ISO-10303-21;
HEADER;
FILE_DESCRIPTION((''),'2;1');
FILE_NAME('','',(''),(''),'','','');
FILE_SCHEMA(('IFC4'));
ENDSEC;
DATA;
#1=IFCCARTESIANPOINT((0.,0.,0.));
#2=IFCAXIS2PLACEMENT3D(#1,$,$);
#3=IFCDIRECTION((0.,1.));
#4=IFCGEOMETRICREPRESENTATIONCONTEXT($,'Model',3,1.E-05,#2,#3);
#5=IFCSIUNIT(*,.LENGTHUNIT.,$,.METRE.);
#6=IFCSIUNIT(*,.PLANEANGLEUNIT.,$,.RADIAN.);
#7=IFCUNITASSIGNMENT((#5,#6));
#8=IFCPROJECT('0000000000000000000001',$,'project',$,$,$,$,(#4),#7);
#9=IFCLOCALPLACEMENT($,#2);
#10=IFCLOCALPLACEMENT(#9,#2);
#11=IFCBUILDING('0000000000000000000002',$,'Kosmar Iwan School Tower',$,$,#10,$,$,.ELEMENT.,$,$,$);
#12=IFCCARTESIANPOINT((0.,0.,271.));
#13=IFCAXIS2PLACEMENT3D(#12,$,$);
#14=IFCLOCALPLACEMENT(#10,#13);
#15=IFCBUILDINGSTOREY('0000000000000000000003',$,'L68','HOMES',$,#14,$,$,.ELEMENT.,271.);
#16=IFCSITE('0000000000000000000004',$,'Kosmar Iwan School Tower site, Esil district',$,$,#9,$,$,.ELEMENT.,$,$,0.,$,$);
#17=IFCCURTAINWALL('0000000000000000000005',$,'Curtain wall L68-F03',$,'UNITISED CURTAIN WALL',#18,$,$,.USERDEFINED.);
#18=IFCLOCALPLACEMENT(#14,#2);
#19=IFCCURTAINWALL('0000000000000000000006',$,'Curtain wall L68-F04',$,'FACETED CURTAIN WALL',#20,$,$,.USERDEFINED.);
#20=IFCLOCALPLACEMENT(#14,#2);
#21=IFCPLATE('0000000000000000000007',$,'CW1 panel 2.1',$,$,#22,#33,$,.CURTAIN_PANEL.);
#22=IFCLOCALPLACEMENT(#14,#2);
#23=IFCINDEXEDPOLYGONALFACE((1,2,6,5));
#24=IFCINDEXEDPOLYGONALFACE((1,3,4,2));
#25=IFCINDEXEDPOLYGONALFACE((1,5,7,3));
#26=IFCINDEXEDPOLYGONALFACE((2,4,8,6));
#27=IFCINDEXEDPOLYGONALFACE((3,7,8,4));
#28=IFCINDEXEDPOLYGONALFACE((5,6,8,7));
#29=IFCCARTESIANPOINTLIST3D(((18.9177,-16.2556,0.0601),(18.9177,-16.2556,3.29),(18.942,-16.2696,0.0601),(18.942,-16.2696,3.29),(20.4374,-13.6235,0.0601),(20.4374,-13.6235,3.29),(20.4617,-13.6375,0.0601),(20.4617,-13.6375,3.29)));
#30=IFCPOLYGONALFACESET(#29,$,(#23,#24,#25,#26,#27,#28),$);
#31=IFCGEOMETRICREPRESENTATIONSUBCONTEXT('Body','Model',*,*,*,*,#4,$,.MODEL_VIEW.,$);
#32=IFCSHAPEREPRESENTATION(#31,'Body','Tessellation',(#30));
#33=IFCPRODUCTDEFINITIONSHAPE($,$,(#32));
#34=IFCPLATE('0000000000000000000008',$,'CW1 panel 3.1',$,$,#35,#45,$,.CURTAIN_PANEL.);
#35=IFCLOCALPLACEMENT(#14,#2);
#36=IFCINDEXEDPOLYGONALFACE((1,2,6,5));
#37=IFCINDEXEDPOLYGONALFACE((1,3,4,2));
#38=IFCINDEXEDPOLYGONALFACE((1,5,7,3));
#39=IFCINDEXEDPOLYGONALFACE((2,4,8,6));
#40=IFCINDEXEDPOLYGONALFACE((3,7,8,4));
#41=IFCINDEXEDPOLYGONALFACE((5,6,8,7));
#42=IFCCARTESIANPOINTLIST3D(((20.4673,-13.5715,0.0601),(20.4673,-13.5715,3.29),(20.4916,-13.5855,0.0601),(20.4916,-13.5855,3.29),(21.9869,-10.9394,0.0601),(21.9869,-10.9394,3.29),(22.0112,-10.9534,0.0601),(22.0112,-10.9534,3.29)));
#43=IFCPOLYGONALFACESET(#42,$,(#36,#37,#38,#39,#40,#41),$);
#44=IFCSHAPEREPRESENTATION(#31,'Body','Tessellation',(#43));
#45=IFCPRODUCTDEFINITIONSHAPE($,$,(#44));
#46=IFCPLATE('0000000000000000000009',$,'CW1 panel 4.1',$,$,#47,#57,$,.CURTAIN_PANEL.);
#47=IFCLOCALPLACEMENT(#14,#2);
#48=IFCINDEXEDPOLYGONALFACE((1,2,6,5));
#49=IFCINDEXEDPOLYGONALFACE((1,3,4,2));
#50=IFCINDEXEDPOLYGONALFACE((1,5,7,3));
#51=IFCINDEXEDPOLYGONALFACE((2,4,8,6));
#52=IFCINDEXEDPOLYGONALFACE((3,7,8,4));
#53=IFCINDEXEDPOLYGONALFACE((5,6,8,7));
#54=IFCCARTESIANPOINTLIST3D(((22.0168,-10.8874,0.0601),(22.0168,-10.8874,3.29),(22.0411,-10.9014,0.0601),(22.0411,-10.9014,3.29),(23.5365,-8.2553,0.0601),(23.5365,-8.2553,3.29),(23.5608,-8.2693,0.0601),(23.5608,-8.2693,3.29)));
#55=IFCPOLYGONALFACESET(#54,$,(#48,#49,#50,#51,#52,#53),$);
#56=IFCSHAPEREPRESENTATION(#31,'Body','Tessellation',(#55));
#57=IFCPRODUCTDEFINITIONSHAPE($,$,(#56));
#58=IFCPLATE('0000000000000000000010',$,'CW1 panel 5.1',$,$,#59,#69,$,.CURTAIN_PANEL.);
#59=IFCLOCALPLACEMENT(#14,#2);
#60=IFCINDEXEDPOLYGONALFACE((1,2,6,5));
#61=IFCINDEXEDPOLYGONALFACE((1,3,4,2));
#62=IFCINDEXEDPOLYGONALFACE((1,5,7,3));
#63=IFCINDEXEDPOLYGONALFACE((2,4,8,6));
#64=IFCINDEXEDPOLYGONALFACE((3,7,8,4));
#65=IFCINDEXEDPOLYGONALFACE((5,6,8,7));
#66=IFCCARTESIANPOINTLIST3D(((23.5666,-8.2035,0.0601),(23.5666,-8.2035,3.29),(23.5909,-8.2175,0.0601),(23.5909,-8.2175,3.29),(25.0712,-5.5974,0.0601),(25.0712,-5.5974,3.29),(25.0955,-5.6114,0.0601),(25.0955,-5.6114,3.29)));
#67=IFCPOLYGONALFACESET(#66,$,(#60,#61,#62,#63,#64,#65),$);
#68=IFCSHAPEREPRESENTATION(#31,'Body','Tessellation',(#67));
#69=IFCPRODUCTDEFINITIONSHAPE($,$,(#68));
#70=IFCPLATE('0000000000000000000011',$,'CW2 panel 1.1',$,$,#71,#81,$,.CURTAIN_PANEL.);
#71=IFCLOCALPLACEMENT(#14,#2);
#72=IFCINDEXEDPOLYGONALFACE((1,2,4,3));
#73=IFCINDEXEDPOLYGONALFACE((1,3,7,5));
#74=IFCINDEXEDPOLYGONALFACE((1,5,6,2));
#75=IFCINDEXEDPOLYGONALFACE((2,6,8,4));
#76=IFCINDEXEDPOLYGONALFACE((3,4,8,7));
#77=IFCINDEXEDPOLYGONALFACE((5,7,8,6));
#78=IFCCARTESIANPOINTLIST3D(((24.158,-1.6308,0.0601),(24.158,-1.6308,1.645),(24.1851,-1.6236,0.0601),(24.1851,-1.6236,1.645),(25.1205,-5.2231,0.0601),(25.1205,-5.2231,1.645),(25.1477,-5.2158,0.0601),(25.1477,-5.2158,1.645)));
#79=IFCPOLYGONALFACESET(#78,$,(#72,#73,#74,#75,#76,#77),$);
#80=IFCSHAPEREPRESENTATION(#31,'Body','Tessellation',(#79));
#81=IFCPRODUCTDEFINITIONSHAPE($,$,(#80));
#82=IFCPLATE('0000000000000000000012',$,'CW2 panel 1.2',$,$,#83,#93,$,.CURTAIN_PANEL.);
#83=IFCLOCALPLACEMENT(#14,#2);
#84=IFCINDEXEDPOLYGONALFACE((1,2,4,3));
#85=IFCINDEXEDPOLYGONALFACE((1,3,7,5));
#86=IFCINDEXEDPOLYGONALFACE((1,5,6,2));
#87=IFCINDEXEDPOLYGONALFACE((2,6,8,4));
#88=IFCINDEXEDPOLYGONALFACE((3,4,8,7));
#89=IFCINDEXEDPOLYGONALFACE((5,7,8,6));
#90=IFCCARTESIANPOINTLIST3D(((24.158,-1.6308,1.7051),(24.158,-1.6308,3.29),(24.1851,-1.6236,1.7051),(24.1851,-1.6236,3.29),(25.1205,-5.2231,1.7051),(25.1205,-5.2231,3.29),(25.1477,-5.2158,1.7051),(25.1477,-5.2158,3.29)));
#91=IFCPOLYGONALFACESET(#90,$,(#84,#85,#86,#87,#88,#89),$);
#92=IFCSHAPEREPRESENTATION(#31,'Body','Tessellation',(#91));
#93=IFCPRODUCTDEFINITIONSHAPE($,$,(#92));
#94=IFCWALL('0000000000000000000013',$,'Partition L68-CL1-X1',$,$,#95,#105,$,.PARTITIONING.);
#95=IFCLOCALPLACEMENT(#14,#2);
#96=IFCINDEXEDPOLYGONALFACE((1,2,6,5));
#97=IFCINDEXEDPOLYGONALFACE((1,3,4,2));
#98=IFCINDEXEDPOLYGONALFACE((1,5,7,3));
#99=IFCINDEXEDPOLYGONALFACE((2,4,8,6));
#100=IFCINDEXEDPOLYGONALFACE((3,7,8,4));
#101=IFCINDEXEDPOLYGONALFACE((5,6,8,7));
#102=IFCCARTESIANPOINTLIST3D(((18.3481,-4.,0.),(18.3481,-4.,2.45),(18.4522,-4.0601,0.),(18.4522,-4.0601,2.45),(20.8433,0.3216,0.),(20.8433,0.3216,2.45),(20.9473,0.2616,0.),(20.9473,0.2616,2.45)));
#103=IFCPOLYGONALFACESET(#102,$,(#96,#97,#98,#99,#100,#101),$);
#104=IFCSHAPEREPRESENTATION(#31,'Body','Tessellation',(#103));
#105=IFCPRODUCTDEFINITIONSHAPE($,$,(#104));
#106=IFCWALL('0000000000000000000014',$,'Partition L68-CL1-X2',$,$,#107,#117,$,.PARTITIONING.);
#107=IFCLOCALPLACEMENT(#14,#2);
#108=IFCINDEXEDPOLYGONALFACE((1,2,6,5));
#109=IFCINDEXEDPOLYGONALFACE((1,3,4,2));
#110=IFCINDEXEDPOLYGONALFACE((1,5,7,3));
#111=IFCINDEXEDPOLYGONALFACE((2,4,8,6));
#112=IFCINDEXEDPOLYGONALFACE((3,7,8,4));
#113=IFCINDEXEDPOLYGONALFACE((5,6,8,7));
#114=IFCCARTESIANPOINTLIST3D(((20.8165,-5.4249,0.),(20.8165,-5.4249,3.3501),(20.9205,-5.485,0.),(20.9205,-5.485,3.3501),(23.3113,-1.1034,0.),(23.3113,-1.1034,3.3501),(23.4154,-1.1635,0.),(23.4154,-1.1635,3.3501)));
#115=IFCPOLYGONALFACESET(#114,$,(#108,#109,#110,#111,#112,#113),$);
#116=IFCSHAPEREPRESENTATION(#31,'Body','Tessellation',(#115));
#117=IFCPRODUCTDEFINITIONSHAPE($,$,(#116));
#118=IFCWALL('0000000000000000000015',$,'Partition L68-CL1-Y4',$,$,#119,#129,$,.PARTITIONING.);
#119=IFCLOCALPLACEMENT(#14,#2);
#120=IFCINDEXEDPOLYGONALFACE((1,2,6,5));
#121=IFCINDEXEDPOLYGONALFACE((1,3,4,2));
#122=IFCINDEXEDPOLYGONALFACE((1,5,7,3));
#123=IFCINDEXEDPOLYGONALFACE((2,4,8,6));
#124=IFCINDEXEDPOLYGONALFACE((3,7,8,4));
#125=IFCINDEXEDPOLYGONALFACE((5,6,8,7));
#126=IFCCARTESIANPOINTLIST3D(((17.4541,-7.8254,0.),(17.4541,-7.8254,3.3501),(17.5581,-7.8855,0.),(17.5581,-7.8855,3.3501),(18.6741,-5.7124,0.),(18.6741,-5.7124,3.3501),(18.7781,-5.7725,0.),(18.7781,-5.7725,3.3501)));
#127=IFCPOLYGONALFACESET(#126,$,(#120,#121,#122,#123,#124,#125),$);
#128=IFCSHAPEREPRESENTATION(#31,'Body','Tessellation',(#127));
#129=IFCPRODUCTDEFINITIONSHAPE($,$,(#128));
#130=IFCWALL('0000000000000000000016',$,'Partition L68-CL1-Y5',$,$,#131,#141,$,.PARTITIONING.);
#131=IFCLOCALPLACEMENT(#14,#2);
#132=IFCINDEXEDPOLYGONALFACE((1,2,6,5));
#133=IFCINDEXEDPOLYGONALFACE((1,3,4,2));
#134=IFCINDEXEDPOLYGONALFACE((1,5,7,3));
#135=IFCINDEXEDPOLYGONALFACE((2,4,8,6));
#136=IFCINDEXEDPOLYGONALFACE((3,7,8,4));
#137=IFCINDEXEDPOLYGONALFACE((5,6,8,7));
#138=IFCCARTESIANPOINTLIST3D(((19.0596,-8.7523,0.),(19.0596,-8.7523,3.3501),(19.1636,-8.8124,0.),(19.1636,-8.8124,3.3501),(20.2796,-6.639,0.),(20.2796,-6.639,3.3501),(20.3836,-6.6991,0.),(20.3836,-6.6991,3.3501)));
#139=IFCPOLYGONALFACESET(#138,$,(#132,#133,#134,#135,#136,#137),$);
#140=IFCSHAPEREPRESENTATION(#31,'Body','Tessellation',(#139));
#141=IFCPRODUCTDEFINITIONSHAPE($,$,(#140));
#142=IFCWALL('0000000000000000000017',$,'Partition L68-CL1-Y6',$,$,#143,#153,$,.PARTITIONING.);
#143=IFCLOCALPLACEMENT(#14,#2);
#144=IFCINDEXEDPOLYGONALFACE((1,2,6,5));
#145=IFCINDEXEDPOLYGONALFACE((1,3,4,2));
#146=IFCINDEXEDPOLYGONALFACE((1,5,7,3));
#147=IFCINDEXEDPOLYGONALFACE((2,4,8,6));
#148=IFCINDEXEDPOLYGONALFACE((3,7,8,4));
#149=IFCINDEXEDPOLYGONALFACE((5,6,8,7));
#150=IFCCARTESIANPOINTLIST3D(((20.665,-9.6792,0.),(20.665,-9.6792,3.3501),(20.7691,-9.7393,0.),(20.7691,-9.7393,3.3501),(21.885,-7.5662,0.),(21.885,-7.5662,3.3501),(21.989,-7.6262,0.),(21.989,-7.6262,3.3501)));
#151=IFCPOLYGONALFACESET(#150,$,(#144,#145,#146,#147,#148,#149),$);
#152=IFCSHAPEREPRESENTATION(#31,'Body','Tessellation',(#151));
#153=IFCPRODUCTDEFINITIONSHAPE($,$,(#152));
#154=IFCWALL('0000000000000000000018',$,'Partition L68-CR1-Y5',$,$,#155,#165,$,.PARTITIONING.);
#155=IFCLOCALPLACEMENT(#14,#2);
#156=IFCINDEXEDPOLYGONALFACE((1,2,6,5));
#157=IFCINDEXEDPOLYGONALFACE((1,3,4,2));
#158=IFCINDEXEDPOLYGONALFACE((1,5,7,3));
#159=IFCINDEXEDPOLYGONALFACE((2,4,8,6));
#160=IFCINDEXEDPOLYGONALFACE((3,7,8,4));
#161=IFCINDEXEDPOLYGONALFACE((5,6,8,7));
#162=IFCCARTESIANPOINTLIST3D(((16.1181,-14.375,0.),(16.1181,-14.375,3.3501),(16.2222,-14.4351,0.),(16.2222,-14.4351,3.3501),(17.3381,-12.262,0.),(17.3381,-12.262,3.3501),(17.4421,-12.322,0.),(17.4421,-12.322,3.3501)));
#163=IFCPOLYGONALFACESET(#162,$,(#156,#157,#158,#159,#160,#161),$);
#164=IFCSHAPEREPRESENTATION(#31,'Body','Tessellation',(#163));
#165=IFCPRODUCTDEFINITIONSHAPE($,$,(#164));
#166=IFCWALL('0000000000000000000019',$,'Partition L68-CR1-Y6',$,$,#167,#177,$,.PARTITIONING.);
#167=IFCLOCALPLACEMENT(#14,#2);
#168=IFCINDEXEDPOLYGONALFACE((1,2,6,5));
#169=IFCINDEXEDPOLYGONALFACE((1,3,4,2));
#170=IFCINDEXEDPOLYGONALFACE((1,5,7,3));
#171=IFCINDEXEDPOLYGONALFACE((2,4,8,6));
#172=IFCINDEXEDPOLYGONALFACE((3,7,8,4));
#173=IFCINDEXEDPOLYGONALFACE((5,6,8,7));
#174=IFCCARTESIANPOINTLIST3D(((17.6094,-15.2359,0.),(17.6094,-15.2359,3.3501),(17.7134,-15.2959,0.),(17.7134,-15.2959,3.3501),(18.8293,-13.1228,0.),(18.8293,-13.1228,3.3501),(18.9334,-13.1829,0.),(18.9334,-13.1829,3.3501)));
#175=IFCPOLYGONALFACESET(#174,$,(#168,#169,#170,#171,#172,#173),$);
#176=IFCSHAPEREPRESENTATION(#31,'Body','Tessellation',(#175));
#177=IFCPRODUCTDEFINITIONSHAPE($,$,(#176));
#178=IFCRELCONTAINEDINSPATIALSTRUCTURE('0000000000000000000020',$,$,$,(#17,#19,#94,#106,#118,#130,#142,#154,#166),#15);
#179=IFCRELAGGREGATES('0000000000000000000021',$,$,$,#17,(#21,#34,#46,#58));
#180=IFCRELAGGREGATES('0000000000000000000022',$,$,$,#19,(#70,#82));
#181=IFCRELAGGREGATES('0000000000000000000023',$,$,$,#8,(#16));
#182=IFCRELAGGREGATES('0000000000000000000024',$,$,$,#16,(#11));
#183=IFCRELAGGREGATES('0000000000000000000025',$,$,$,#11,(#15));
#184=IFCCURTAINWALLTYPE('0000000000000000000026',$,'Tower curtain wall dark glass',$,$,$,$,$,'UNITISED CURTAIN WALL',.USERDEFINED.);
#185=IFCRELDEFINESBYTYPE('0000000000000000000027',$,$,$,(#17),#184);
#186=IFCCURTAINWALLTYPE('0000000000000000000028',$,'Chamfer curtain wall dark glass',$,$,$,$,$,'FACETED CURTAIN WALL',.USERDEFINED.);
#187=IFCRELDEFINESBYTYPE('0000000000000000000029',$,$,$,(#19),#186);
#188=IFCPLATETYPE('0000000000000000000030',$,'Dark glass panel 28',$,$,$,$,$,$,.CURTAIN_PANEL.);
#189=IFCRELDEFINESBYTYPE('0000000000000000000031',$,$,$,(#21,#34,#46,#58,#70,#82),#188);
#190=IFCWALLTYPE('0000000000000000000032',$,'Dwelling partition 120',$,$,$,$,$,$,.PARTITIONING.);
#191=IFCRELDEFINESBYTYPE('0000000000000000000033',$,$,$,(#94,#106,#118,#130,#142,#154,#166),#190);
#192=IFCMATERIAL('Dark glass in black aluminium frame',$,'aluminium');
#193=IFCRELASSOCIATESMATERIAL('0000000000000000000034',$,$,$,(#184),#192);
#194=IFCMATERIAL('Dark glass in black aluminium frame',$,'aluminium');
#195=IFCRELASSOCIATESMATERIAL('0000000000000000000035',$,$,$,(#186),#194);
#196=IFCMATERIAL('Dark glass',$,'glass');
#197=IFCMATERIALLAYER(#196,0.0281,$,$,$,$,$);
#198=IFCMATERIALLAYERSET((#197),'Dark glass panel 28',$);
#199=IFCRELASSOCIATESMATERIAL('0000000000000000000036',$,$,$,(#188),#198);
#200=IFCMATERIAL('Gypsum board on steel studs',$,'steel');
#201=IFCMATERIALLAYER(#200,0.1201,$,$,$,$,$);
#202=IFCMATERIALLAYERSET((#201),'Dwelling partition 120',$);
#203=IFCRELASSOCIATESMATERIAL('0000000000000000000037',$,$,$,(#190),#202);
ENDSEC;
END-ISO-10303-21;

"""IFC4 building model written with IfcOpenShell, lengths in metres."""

from ifc_helpers import new_model, si_unit, direction, frame, frame_2d, origin, origin_2d, place, context, subcontext, project, spatial, rectangle, extrude, material, layer, layer_set, type_object, element, aggregate, save


model = new_model("IFC4")

# Units and contexts
model_context = context("Model", 3, precision=1e-05, world=origin(), true_north=direction((0.0, 1.0)))
body_context = subcontext(model_context, "Body", "Model", "MODEL_VIEW")
ifc_project = project(units=[si_unit("LENGTHUNIT", "METRE"), si_unit("PLANEANGLEUNIT", "RADIAN")], contexts=[model_context])

# Site, building, storey
site_placement = place(None, origin())
site = spatial("IfcSite", under=ifc_project, at=site_placement, Name="Kosmar Iwan School Tower site, Esil district", CompositionType="ELEMENT", RefElevation=0.0)
building_placement = place(site_placement, origin())
building = spatial("IfcBuilding", under=site, at=building_placement, Name="Kosmar Iwan School Tower", CompositionType="ELEMENT")
storey_placement = place(building_placement, frame((0.0, 0.0, 271.0)))
storey = spatial("IfcBuildingStorey", under=building, at=storey_placement, Name="L68", Description="HOMES", CompositionType="ELEMENT", Elevation=271.0)

# Curtain walls
ifc_material_1 = material(Name="Dark glass in black aluminium frame", Category="aluminium")
curtain_wall_type_1 = type_object("IfcCurtainWallType", Name="Tower curtain wall dark glass", ElementType="UNITISED CURTAIN WALL", PredefinedType="USERDEFINED", material=ifc_material_1)
curtain_wall_1_placement = place(storey_placement, origin())
curtain_wall_1 = element("IfcCurtainWall", 1, at=curtain_wall_1_placement, inside=storey, type_object=curtain_wall_type_1, Name="Curtain wall L68-F03", ObjectType="UNITISED CURTAIN WALL", PredefinedType="USERDEFINED")
ifc_material_2 = material(Name="Dark glass in black aluminium frame", Category="aluminium")
curtain_wall_type_2 = type_object("IfcCurtainWallType", Name="Chamfer curtain wall dark glass", ElementType="FACETED CURTAIN WALL", PredefinedType="USERDEFINED", material=ifc_material_2)
curtain_wall_2_placement = place(storey_placement, origin())
curtain_wall_2 = element("IfcCurtainWall", 2, at=curtain_wall_2_placement, inside=storey, type_object=curtain_wall_type_2, Name="Curtain wall L68-F04", ObjectType="FACETED CURTAIN WALL", PredefinedType="USERDEFINED")

# Plates
ifc_material_3 = material(Name="Dark glass", Category="glass")
ifc_layer_1 = layer(ifc_material_3, 0.0281)
ifc_layer_set_1 = layer_set([ifc_layer_1], Name="Dark glass panel 28")
plate_type = type_object("IfcPlateType", Name="Dark glass panel 28", PredefinedType="CURTAIN_PANEL", material=ifc_layer_set_1)
plate_1_placement = place(storey_placement, frame((19.6897, -14.9465, 0.0601), z_axis=(0.0, 0.0, 1.0), x_axis=(0.5, 0.866025, 0.0)))
plate_1 = element("IfcPlate", 3, at=plate_1_placement, type_object=plate_type, Name="CW1 panel 2.1", PredefinedType="CURTAIN_PANEL", context=body_context, shape_type="SweptSolid", body=[
    extrude(rectangle(XDim=3.0393, YDim=0.0281, at=origin_2d()), origin(), (0.0, 0.0, 1.0), 3.23),
])
plate_2_placement = place(storey_placement, frame((21.2393, -12.2625, 0.0601), z_axis=(0.0, 0.0, 1.0), x_axis=(0.5, 0.866025, 0.0)))
plate_2 = element("IfcPlate", 4, at=plate_2_placement, type_object=plate_type, Name="CW1 panel 3.1", PredefinedType="CURTAIN_PANEL", context=body_context, shape_type="SweptSolid", body=[
    extrude(rectangle(XDim=3.0393, YDim=0.0281, at=origin_2d()), origin(), (0.0, 0.0, 1.0), 3.23),
])
plate_3_placement = place(storey_placement, frame((22.7888, -9.5784, 0.0601), z_axis=(0.0, 0.0, 1.0), x_axis=(0.5, 0.866025, 0.0)))
plate_3 = element("IfcPlate", 5, at=plate_3_placement, type_object=plate_type, Name="CW1 panel 4.1", PredefinedType="CURTAIN_PANEL", context=body_context, shape_type="SweptSolid", body=[
    extrude(rectangle(XDim=3.0393, YDim=0.0281, at=origin_2d()), origin(), (0.0, 0.0, 1.0), 3.23),
])
plate_4_placement = place(storey_placement, frame((24.3311, -6.9075, 0.0601), z_axis=(0.0, 0.0, 1.0), x_axis=(0.5, 0.866025, 0.0)))
plate_4 = element("IfcPlate", 6, at=plate_4_placement, type_object=plate_type, Name="CW1 panel 5.1", PredefinedType="CURTAIN_PANEL", context=body_context, shape_type="SweptSolid", body=[
    extrude(rectangle(XDim=3.0093, YDim=0.0281, at=origin_2d()), origin(), (0.0, 0.0, 1.0), 3.23),
])
aggregate(curtain_wall_1, [plate_1, plate_2, plate_3, plate_4])
plate_5_placement = place(storey_placement, frame((24.6528, -3.4233, 0.0601), z_axis=(0.0, 0.0, 1.0), x_axis=(-0.258819, 0.965926, 0.0)))
plate_5 = element("IfcPlate", 7, at=plate_5_placement, type_object=plate_type, Name="CW2 panel 1.1", PredefinedType="CURTAIN_PANEL", context=body_context, shape_type="SweptSolid", body=[
    extrude(rectangle(XDim=3.719, YDim=0.0281, at=origin_2d()), origin(), (0.0, 0.0, 1.0), 1.585),
])
plate_6_placement = place(storey_placement, frame((24.6528, -3.4233, 1.7051), z_axis=(0.0, 0.0, 1.0), x_axis=(-0.258819, 0.965926, 0.0)))
plate_6 = element("IfcPlate", 8, at=plate_6_placement, type_object=plate_type, Name="CW2 panel 1.2", PredefinedType="CURTAIN_PANEL", context=body_context, shape_type="SweptSolid", body=[
    extrude(rectangle(XDim=3.719, YDim=0.0281, at=origin_2d()), origin(), (0.0, 0.0, 1.0), 1.585),
])
aggregate(curtain_wall_2, [plate_5, plate_6])

# Walls
ifc_material_4 = material(Name="Gypsum board on steel studs", Category="steel")
ifc_layer_2 = layer(ifc_material_4, 0.1201)
ifc_layer_set_2 = layer_set([ifc_layer_2], Name="Dwelling partition 120")
wall_type = type_object("IfcWallType", Name="Dwelling partition 120", PredefinedType="PARTITIONING", material=ifc_layer_set_2)
wall_1_placement = place(storey_placement, frame((18.4001, -4.03, 0.0), z_axis=(0.0, 0.0, 1.0), x_axis=(0.500012, 0.866019, 0.0)))
element("IfcWall", 9, at=wall_1_placement, inside=storey, type_object=wall_type, Name="Partition L68-CL1-X1", PredefinedType="PARTITIONING", context=body_context, shape_type="SweptSolid", body=[
    extrude(rectangle(XDim=4.9902, YDim=0.1201, at=frame_2d((2.4951, 0.0))), origin(), (0.0, 0.0, 1.0), 2.45),
])
wall_2_placement = place(storey_placement, frame((20.8684, -5.4551, 0.0), z_axis=(0.0, 0.0, 1.0), x_axis=(0.499975, 0.86604, 0.0)))
element("IfcWall", 10, at=wall_2_placement, inside=storey, type_object=wall_type, Name="Partition L68-CL1-X2", PredefinedType="PARTITIONING", context=body_context, shape_type="SweptSolid", body=[
    extrude(rectangle(XDim=4.99, YDim=0.1201, at=frame_2d((2.4951, 0.0))), origin(), (0.0, 0.0, 1.0), 3.3501),
])
wall_3_placement = place(storey_placement, frame((17.5061, -7.8555, 0.0), z_axis=(0.0, 0.0, 1.0), x_axis=(0.500003, 0.866024, 0.0)))
element("IfcWall", 11, at=wall_3_placement, inside=storey, type_object=wall_type, Name="Partition L68-CL1-Y4", PredefinedType="PARTITIONING", context=body_context, shape_type="SweptSolid", body=[
    extrude(rectangle(XDim=2.4399, YDim=0.1201, at=frame_2d((1.22, 0.0))), origin(), (0.0, 0.0, 1.0), 3.3501),
])
wall_4_placement = place(storey_placement, frame((19.1116, -8.7825, 0.0), z_axis=(0.0, 0.0, 1.0), x_axis=(0.499959, 0.866049, 0.0)))
element("IfcWall", 12, at=wall_4_placement, inside=storey, type_object=wall_type, Name="Partition L68-CL1-Y5", PredefinedType="PARTITIONING", context=body_context, shape_type="SweptSolid", body=[
    extrude(rectangle(XDim=2.4402, YDim=0.1201, at=frame_2d((1.2202, 0.0))), origin(), (0.0, 0.0, 1.0), 3.3501),
])
for number, where, z_axis, x_axis, name in (
    (13, (20.717, -9.7092, 0.0), (0.0, 0.0, 1.0), (0.500003, 0.866024, 0.0), "Partition L68-CL1-Y6"),
    (14, (17.3901, -12.292, 0.0), (0.0, 0.0, 1.0), (-0.500003, -0.866024, 0.0), "Partition L68-CR1-Y5"),
    (15, (18.8813, -13.1528, 0.0), (0.0, 0.0, 1.0), (-0.500003, -0.866024, 0.0), "Partition L68-CR1-Y6"),
):
    element("IfcWall", number, at=place(storey_placement, frame(where, z_axis=z_axis, x_axis=x_axis)), inside=storey, type_object=wall_type, Name=name, PredefinedType="PARTITIONING", context=body_context, shape_type="SweptSolid", body=[
        extrude(rectangle(XDim=2.4399, YDim=0.1201, at=frame_2d((1.22, 0.0))), origin(), (0.0, 0.0, 1.0), 3.3501),
    ])

save(model, "model.ifc")
